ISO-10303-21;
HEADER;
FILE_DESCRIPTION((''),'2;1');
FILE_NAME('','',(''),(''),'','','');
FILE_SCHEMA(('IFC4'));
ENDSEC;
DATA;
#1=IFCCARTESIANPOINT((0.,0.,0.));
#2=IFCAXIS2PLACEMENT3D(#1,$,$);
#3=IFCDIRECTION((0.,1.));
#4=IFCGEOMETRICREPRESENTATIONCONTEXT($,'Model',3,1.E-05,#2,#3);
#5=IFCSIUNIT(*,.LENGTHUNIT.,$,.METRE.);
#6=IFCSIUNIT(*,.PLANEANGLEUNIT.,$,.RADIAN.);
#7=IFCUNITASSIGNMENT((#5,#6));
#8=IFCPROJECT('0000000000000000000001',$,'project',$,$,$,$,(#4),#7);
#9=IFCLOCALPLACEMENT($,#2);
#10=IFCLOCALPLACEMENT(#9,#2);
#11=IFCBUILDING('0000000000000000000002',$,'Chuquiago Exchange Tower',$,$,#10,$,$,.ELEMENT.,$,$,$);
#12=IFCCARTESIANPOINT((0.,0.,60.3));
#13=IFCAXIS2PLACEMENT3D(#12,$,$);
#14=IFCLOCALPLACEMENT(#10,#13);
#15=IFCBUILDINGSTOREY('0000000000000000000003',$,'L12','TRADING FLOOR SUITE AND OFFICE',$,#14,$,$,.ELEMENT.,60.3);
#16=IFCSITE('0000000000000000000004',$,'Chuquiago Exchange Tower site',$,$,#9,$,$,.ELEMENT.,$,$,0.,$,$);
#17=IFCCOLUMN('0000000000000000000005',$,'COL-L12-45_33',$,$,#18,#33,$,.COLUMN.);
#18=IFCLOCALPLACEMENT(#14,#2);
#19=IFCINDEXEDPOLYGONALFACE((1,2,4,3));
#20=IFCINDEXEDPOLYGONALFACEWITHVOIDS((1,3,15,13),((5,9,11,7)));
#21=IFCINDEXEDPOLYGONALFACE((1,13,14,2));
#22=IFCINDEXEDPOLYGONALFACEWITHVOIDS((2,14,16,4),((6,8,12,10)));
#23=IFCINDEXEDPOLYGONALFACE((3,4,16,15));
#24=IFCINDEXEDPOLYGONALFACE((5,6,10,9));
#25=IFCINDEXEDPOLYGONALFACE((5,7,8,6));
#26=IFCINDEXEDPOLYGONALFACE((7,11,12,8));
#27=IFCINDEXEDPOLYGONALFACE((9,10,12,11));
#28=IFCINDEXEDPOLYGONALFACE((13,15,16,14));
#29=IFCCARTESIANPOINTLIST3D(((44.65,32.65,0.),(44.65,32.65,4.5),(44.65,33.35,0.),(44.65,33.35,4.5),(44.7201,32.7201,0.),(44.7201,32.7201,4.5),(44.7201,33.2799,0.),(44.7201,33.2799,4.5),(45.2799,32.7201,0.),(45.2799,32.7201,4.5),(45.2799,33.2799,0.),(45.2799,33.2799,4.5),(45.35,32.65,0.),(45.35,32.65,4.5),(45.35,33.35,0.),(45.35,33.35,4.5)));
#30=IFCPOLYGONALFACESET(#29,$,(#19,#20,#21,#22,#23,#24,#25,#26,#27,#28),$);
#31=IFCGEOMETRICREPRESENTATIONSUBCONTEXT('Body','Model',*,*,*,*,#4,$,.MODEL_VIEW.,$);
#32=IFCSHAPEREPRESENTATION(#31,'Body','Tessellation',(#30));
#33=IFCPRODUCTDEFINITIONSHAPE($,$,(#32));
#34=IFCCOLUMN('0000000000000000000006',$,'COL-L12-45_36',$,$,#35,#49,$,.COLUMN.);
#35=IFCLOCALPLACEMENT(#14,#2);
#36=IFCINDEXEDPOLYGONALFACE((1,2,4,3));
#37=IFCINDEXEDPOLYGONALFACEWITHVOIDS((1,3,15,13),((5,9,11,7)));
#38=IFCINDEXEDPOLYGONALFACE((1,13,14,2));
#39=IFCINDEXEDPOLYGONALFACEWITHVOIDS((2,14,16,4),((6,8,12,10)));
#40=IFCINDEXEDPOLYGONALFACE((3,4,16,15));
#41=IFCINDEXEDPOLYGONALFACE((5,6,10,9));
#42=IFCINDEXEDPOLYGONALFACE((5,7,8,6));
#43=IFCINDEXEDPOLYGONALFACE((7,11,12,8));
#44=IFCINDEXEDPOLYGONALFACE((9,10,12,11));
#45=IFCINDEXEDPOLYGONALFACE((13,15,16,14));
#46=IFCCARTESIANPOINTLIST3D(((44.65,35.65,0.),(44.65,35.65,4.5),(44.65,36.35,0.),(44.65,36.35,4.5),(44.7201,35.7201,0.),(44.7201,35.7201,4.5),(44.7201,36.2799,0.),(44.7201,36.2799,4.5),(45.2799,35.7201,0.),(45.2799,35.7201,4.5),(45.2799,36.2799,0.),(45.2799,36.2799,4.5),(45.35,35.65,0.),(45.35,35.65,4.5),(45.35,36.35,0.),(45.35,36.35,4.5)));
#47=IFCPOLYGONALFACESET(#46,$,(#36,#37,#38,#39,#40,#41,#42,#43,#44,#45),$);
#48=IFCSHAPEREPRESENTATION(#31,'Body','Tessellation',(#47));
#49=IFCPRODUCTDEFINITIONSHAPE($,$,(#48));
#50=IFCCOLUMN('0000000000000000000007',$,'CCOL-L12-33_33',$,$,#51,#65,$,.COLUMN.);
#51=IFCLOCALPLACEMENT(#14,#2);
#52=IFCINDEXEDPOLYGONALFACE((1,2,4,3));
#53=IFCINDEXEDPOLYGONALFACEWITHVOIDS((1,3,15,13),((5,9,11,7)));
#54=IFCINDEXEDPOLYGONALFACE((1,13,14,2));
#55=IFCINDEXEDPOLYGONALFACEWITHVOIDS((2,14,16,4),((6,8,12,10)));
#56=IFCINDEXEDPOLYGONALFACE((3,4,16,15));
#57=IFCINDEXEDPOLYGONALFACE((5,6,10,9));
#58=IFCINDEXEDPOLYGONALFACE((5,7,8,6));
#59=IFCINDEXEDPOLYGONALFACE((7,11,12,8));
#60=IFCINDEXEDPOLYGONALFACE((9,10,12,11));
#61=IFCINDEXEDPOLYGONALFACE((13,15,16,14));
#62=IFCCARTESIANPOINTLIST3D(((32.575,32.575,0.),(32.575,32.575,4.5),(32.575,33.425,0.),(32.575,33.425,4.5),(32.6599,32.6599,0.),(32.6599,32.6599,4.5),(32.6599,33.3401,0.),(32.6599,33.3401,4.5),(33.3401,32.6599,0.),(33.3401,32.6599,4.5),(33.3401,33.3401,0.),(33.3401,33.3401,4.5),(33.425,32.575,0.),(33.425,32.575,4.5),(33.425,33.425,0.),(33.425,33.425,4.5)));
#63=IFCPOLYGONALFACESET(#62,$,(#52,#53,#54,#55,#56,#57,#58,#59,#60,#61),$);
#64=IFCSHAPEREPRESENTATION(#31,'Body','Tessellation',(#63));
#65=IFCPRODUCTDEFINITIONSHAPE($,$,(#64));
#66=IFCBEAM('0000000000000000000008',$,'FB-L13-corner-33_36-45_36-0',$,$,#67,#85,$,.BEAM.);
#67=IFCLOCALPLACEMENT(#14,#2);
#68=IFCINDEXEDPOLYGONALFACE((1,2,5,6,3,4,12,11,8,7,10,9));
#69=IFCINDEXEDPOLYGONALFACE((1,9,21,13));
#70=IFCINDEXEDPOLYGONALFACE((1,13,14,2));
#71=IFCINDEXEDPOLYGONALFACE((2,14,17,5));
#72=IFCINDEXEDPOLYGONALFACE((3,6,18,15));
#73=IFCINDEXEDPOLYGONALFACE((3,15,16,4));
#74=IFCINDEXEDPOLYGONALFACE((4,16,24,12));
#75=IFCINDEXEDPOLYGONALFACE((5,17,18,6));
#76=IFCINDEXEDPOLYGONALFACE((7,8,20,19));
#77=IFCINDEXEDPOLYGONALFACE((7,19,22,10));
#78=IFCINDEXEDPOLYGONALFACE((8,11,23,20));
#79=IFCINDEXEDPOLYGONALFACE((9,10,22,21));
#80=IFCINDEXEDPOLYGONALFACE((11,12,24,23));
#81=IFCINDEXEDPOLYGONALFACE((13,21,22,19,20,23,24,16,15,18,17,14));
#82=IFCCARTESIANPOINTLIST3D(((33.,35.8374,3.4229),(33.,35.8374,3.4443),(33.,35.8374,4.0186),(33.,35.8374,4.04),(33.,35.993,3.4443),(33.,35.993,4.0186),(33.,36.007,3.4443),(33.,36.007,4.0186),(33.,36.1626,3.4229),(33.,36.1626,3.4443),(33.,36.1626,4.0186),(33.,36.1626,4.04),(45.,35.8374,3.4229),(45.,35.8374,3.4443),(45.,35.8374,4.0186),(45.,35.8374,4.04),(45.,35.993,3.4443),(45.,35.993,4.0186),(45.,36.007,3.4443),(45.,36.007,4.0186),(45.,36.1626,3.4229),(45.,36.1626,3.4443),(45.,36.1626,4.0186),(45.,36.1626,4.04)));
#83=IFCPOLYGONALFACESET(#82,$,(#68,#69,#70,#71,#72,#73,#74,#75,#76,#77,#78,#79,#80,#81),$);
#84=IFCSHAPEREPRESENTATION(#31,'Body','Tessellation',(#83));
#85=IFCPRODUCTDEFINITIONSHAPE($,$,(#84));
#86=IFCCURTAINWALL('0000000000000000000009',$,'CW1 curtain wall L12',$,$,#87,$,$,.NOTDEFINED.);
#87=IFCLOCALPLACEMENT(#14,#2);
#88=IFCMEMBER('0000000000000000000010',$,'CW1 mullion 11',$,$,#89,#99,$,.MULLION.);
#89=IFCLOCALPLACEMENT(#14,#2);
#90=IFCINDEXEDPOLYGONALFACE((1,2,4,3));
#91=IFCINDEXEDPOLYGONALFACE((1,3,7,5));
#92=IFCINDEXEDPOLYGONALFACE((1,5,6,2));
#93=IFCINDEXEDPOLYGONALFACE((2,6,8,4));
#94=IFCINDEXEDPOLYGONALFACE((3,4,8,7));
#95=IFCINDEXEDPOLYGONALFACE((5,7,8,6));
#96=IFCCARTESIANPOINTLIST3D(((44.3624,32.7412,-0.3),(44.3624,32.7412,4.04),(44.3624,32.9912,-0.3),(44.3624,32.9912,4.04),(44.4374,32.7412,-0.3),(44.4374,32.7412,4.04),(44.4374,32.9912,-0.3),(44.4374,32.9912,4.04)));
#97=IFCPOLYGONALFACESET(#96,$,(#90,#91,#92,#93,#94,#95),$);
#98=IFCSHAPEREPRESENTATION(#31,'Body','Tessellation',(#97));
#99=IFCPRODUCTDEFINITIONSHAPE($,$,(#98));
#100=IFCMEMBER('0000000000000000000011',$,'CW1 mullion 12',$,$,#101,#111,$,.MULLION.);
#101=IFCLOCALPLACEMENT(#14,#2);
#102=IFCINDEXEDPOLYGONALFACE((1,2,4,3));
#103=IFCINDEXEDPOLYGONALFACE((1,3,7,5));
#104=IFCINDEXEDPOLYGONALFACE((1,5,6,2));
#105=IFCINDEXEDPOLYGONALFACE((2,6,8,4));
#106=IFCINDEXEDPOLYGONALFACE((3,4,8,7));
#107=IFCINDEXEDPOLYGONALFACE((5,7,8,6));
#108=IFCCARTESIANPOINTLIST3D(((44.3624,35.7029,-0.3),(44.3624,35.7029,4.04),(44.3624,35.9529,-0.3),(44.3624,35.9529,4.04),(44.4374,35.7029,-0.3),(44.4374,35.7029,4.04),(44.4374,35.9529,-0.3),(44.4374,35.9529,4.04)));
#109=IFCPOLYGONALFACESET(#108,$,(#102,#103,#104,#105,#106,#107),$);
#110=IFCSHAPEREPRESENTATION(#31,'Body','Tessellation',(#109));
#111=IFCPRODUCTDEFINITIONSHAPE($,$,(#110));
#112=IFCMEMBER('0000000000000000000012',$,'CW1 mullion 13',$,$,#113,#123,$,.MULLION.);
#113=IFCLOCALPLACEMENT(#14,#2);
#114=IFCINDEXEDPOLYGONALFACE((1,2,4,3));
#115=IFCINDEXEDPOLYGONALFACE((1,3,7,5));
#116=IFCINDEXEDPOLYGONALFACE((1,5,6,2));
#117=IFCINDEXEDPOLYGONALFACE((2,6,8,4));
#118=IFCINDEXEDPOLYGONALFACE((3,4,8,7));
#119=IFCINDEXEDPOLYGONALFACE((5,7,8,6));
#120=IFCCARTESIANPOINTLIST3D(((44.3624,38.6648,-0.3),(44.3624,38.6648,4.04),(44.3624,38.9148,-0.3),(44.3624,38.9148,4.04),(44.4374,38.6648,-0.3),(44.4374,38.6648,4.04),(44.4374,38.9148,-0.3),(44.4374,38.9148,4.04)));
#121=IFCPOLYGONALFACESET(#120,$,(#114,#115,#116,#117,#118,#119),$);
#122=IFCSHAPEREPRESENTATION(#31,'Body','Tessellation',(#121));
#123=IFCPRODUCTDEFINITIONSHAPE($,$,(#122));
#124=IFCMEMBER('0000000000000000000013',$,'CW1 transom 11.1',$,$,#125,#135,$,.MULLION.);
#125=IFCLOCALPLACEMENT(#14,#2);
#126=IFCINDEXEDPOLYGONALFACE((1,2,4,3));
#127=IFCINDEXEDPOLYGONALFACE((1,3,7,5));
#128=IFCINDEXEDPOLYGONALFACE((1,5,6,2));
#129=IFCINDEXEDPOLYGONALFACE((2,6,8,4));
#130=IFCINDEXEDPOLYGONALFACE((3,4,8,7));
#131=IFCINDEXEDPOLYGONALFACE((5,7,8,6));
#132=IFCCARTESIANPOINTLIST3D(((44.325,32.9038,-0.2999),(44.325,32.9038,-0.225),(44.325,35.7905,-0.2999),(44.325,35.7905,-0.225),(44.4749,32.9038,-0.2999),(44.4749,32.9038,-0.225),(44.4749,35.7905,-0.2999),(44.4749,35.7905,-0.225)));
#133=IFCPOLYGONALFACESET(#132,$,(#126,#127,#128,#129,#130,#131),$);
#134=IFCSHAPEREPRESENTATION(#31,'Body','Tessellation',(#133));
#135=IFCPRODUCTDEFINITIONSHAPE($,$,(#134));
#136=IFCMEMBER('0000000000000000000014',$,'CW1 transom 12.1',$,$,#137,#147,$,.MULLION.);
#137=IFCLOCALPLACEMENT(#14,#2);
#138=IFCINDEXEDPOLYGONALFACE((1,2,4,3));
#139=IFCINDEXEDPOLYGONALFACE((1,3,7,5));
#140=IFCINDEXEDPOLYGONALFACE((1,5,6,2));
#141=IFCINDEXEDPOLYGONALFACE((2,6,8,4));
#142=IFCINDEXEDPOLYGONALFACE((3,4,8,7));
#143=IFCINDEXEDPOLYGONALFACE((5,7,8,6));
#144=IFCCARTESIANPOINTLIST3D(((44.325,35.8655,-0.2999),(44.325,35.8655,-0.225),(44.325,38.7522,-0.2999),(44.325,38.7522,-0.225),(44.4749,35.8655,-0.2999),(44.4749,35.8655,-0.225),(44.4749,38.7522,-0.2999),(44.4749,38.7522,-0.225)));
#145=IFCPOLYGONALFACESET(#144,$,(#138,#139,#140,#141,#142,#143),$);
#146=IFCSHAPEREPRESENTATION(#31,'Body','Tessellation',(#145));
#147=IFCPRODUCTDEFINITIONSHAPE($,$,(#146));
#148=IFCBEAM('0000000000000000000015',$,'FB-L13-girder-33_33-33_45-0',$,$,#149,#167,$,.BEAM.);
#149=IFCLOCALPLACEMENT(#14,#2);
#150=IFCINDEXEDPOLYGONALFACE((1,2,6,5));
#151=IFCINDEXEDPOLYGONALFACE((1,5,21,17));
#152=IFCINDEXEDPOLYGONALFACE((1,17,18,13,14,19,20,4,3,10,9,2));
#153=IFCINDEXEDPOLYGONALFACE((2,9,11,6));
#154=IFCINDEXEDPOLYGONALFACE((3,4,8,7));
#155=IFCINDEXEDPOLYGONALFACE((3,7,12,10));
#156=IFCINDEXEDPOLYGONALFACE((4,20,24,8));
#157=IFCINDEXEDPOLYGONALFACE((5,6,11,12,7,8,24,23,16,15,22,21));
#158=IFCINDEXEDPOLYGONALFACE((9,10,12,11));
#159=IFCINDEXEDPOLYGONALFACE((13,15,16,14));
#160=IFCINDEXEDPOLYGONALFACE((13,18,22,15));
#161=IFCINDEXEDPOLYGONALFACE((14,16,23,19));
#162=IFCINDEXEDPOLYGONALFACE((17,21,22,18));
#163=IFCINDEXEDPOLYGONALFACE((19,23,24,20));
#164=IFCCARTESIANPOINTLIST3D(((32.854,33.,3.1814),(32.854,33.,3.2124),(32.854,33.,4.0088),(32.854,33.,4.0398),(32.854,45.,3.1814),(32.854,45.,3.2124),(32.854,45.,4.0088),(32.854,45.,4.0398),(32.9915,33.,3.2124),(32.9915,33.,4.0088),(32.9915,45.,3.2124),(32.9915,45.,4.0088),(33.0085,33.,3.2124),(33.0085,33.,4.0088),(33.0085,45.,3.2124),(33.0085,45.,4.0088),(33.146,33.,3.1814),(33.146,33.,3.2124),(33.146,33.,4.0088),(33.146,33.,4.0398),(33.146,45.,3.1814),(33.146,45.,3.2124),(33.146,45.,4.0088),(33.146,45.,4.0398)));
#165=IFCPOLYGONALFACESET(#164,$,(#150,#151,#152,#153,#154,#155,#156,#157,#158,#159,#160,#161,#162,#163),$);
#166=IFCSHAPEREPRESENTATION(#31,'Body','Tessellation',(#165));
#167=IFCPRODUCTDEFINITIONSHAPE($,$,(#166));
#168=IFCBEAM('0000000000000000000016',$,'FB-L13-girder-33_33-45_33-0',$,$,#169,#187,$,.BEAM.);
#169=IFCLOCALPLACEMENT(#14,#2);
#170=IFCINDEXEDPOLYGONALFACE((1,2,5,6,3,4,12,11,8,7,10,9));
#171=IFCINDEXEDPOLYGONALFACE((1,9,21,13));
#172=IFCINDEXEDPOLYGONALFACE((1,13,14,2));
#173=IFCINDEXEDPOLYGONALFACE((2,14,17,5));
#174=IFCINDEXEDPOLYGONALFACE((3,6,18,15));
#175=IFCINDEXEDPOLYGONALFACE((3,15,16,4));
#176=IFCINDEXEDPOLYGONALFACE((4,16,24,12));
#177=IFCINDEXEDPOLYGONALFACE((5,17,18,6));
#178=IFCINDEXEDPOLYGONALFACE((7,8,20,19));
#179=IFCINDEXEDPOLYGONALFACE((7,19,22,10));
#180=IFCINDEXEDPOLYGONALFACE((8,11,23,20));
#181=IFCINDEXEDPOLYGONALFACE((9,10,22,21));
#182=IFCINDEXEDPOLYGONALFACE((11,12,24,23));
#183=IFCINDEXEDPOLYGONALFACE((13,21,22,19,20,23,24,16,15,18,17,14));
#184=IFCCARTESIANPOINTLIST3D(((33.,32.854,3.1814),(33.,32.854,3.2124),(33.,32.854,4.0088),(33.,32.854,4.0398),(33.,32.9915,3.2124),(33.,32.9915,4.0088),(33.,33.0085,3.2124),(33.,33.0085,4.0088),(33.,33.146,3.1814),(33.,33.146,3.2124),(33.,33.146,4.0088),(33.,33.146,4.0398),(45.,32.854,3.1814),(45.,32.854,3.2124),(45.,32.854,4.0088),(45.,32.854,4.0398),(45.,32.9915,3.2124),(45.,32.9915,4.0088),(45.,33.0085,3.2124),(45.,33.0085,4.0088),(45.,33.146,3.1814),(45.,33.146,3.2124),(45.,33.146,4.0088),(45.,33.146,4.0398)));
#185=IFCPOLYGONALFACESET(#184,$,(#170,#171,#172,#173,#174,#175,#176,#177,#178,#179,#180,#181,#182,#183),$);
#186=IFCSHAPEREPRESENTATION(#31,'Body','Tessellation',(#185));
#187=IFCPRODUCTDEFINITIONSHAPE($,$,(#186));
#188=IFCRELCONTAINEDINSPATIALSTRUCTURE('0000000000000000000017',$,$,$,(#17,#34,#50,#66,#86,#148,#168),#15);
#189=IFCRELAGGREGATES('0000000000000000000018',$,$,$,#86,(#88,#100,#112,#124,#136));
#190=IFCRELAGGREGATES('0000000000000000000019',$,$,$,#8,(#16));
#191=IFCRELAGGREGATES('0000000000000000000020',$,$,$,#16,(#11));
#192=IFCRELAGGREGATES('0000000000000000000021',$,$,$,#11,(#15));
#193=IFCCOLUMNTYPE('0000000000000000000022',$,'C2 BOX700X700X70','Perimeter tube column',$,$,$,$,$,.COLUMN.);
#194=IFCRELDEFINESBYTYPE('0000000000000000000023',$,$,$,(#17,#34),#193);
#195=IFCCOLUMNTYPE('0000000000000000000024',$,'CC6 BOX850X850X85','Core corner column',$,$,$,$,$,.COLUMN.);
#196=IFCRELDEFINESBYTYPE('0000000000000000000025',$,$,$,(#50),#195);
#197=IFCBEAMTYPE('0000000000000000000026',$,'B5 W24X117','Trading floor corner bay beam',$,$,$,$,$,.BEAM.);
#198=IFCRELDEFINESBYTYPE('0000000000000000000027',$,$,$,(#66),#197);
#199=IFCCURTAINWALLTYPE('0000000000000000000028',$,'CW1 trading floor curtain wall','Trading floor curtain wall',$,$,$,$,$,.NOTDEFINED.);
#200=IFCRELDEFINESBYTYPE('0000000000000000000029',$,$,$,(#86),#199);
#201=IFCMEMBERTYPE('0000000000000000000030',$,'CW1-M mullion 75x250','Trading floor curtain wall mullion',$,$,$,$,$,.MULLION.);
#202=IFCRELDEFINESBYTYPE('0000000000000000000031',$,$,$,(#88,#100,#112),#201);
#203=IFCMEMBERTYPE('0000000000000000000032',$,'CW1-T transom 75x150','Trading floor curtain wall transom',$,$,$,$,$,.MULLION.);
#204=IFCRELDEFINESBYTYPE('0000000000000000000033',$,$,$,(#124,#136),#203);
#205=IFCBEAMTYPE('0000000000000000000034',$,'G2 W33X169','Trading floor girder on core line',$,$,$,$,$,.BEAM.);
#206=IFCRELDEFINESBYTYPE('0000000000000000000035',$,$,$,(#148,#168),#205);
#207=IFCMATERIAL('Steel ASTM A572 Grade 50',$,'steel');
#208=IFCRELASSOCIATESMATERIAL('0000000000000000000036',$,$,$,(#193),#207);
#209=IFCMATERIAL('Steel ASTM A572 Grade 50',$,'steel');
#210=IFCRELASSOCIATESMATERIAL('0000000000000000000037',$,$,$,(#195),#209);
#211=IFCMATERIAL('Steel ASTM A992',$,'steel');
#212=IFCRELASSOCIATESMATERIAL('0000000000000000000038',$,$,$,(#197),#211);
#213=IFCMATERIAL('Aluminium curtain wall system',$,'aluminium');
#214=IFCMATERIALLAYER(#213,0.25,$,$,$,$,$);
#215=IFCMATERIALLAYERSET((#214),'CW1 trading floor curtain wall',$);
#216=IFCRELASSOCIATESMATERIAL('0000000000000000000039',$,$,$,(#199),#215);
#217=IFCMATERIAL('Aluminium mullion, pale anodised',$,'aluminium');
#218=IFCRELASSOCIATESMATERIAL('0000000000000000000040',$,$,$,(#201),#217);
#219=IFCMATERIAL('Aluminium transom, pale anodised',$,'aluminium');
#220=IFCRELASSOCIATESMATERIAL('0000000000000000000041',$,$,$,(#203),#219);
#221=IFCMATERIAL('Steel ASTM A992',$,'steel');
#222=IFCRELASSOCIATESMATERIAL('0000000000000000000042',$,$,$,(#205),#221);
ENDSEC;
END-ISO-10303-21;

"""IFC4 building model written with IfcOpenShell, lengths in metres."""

from ifc_helpers import new_model, si_unit, direction, frame, origin, origin_2d, place, context, subcontext, project, spatial, rectangle, hollow_rectangle, i_section, extrude, material, layer, layer_set, material_profile, profile_set, type_object, element, aggregate, save


model = new_model("IFC4")

# Units and contexts
model_context = context("Model", 3, precision=1e-05, world=origin(), true_north=direction((0.0, 1.0)))
body_context = subcontext(model_context, "Body", "Model", "MODEL_VIEW")
ifc_project = project(units=[si_unit("LENGTHUNIT", "METRE"), si_unit("PLANEANGLEUNIT", "RADIAN")], contexts=[model_context])

# Site, building, storey
site_placement = place(None, origin())
site = spatial("IfcSite", under=ifc_project, at=site_placement, Name="Chuquiago Exchange Tower site", CompositionType="ELEMENT", RefElevation=0.0)
building_placement = place(site_placement, origin())
building = spatial("IfcBuilding", under=site, at=building_placement, Name="Chuquiago Exchange Tower", CompositionType="ELEMENT")
storey_placement = place(building_placement, frame((0.0, 0.0, 60.3)))
storey = spatial("IfcBuildingStorey", under=building, at=storey_placement, Name="L12", Description="TRADING FLOOR SUITE AND OFFICE", CompositionType="ELEMENT", Elevation=60.3)

# Columns
ifc_material_1 = material(Name="Steel ASTM A572 Grade 50", Category="steel")
ifc_material_profile_1 = material_profile(ifc_material_1, hollow_rectangle(XDim=0.7, YDim=0.7, WallThickness=0.0701, at=origin_2d()), Name="BOX700X700X70")
ifc_profile_set_1 = profile_set([ifc_material_profile_1], Name="Steel ASTM A572 Grade 50")
column_type_1 = type_object("IfcColumnType", Name="C2 BOX700X700X70", Description="Perimeter tube column", PredefinedType="COLUMN", material=ifc_profile_set_1)
for number, where, z_axis, x_axis, name in (
    (1, (45.0, 33.0, 0.0), (0.0, 0.0, 1.0), (1.0, 0.0, 0.0), "COL-L12-45_33"),
    (2, (45.0, 36.0, 0.0), (0.0, 0.0, 1.0), (1.0, 0.0, 0.0), "COL-L12-45_36"),
):
    element("IfcColumn", number, at=place(storey_placement, frame(where, z_axis=z_axis, x_axis=x_axis)), inside=storey, type_object=column_type_1, Name=name, PredefinedType="COLUMN", context=body_context, shape_type="SweptSolid", body=[
        extrude(hollow_rectangle(XDim=0.7, YDim=0.7, WallThickness=0.0701, at=origin_2d()), origin(), (0.0, 0.0, 1.0), 4.5),
    ])
ifc_material_2 = material(Name="Steel ASTM A572 Grade 50", Category="steel")
ifc_material_profile_2 = material_profile(ifc_material_2, hollow_rectangle(XDim=0.8501, YDim=0.8501, WallThickness=0.085, at=origin_2d()), Name="BOX850X850X85")
ifc_profile_set_2 = profile_set([ifc_material_profile_2], Name="Steel ASTM A572 Grade 50")
column_type_2 = type_object("IfcColumnType", Name="CC6 BOX850X850X85", Description="Core corner column", PredefinedType="COLUMN", material=ifc_profile_set_2)
column_placement = place(storey_placement, frame((33.0, 33.0, 0.0), z_axis=(0.0, 0.0, 1.0), x_axis=(1.0, 0.0, 0.0)))
element("IfcColumn", 3, at=column_placement, inside=storey, type_object=column_type_2, Name="CCOL-L12-33_33", PredefinedType="COLUMN", context=body_context, shape_type="SweptSolid", body=[
    extrude(hollow_rectangle(XDim=0.8501, YDim=0.8501, WallThickness=0.085, at=origin_2d()), origin(), (0.0, 0.0, 1.0), 4.5),
])

# Beam
ifc_material_3 = material(Name="Steel ASTM A992", Category="steel")
ifc_material_profile_3 = material_profile(ifc_material_3, i_section(OverallWidth=0.3252, OverallDepth=0.6172, WebThickness=0.0139, FlangeThickness=0.0215, at=origin_2d()), Name="W24X117")
ifc_profile_set_3 = profile_set([ifc_material_profile_3], Name="Steel ASTM A992")
beam_type_1 = type_object("IfcBeamType", Name="B5 W24X117", Description="Trading floor corner bay beam", PredefinedType="BEAM", material=ifc_profile_set_3)
beam_placement = place(storey_placement, frame((33.0, 36.0, 3.7314), z_axis=(1.0, 0.0, 0.0), x_axis=(0.0, 1.0, 0.0)))
element("IfcBeam", 4, at=beam_placement, inside=storey, type_object=beam_type_1, Name="FB-L13-corner-33_36-45_36-0", PredefinedType="BEAM", context=body_context, shape_type="SweptSolid", body=[
    extrude(i_section(OverallWidth=0.3252, OverallDepth=0.6172, WebThickness=0.0139, FlangeThickness=0.0215, at=origin_2d()), origin(), (0.0, 0.0, 1.0), 12.0),
])

# Curtain wall, members
ifc_material_4 = material(Name="Aluminium curtain wall system", Category="aluminium")
ifc_layer_1 = layer(ifc_material_4, 0.25)
ifc_layer_set_1 = layer_set([ifc_layer_1], Name="CW1 trading floor curtain wall")
curtain_wall_type = type_object("IfcCurtainWallType", Name="CW1 trading floor curtain wall", Description="Trading floor curtain wall", PredefinedType="NOTDEFINED", material=ifc_layer_set_1)
curtain_wall_placement = place(storey_placement, origin())
curtain_wall = element("IfcCurtainWall", 5, at=curtain_wall_placement, inside=storey, type_object=curtain_wall_type, Name="CW1 curtain wall L12", PredefinedType="NOTDEFINED")
ifc_material_5 = material(Name="Aluminium mullion, pale anodised", Category="aluminium")
ifc_material_profile_4 = material_profile(ifc_material_5, rectangle(XDim=0.075, YDim=0.25, at=origin_2d()), Name="AL 75x250")
ifc_profile_set_4 = profile_set([ifc_material_profile_4], Name="Aluminium mullion, pale anodised")
member_type_1 = type_object("IfcMemberType", Name="CW1-M mullion 75x250", Description="Trading floor curtain wall mullion", PredefinedType="MULLION", material=ifc_profile_set_4)
member_1_placement = place(storey_placement, frame((44.3999, 32.8662, -0.3), z_axis=(0.0, 0.0, 1.0), x_axis=(-1.0, 0.0, 0.0)))
member_1 = element("IfcMember", 6, at=member_1_placement, type_object=member_type_1, Name="CW1 mullion 11", PredefinedType="MULLION", context=body_context, shape_type="SweptSolid", body=[
    extrude(rectangle(XDim=0.075, YDim=0.25, at=origin_2d()), origin(), (0.0, 0.0, 1.0), 4.3401),
])
member_2_placement = place(storey_placement, frame((44.3999, 35.8279, -0.3), z_axis=(0.0, 0.0, 1.0), x_axis=(-1.0, 0.0, 0.0)))
member_2 = element("IfcMember", 7, at=member_2_placement, type_object=member_type_1, Name="CW1 mullion 12", PredefinedType="MULLION", context=body_context, shape_type="SweptSolid", body=[
    extrude(rectangle(XDim=0.075, YDim=0.25, at=origin_2d()), origin(), (0.0, 0.0, 1.0), 4.3401),
])
member_3_placement = place(storey_placement, frame((44.3999, 38.7898, -0.3), z_axis=(0.0, 0.0, 1.0), x_axis=(-1.0, 0.0, 0.0)))
member_3 = element("IfcMember", 8, at=member_3_placement, type_object=member_type_1, Name="CW1 mullion 13", PredefinedType="MULLION", context=body_context, shape_type="SweptSolid", body=[
    extrude(rectangle(XDim=0.075, YDim=0.25, at=origin_2d()), origin(), (0.0, 0.0, 1.0), 4.3401),
])
ifc_material_6 = material(Name="Aluminium transom, pale anodised", Category="aluminium")
ifc_material_profile_5 = material_profile(ifc_material_6, rectangle(XDim=0.1499, YDim=0.075, at=origin_2d()), Name="AL 150x75")
ifc_profile_set_5 = profile_set([ifc_material_profile_5], Name="Aluminium transom, pale anodised")
member_type_2 = type_object("IfcMemberType", Name="CW1-T transom 75x150", Description="Trading floor curtain wall transom", PredefinedType="MULLION", material=ifc_profile_set_5)
member_4_placement = place(storey_placement, frame((44.3999, 32.9038, -0.2625), z_axis=(0.0, 1.0, 0.0), x_axis=(-1.0, 0.0, 0.0)))
member_4 = element("IfcMember", 9, at=member_4_placement, type_object=member_type_2, Name="CW1 transom 11.1", PredefinedType="MULLION", context=body_context, shape_type="SweptSolid", body=[
    extrude(rectangle(XDim=0.1499, YDim=0.075, at=origin_2d()), origin(), (0.0, 0.0, 1.0), 2.8867),
])
member_5_placement = place(storey_placement, frame((44.3999, 35.8655, -0.2625), z_axis=(0.0, 1.0, 0.0), x_axis=(-1.0, 0.0, 0.0)))
member_5 = element("IfcMember", 10, at=member_5_placement, type_object=member_type_2, Name="CW1 transom 12.1", PredefinedType="MULLION", context=body_context, shape_type="SweptSolid", body=[
    extrude(rectangle(XDim=0.1499, YDim=0.075, at=origin_2d()), origin(), (0.0, 0.0, 1.0), 2.8867),
])

# Beams
ifc_material_7 = material(Name="Steel ASTM A992", Category="steel")
ifc_material_profile_6 = material_profile(ifc_material_7, i_section(OverallWidth=0.292, OverallDepth=0.8584, WebThickness=0.0171, FlangeThickness=0.031, at=origin_2d()), Name="W33X169")
ifc_profile_set_6 = profile_set([ifc_material_profile_6], Name="Steel ASTM A992")
beam_type_2 = type_object("IfcBeamType", Name="G2 W33X169", Description="Trading floor girder on core line", PredefinedType="BEAM", material=ifc_profile_set_6)
for number, where, z_axis, x_axis, name in (
    (11, (33.0, 33.0, 3.6106), (0.0, 1.0, 0.0), (-1.0, 0.0, 0.0), "FB-L13-girder-33_33-33_45-0"),
    (12, (33.0, 33.0, 3.6106), (1.0, 0.0, 0.0), (0.0, 1.0, 0.0), "FB-L13-girder-33_33-45_33-0"),
):
    element("IfcBeam", number, at=place(storey_placement, frame(where, z_axis=z_axis, x_axis=x_axis)), inside=storey, type_object=beam_type_2, Name=name, PredefinedType="BEAM", context=body_context, shape_type="SweptSolid", body=[
        extrude(i_section(OverallWidth=0.292, OverallDepth=0.8584, WebThickness=0.0171, FlangeThickness=0.031, at=origin_2d()), origin(), (0.0, 0.0, 1.0), 12.0),
    ])

aggregate(curtain_wall, [member_1, member_2, member_3, member_4, member_5])

save(model, "model.ifc")
